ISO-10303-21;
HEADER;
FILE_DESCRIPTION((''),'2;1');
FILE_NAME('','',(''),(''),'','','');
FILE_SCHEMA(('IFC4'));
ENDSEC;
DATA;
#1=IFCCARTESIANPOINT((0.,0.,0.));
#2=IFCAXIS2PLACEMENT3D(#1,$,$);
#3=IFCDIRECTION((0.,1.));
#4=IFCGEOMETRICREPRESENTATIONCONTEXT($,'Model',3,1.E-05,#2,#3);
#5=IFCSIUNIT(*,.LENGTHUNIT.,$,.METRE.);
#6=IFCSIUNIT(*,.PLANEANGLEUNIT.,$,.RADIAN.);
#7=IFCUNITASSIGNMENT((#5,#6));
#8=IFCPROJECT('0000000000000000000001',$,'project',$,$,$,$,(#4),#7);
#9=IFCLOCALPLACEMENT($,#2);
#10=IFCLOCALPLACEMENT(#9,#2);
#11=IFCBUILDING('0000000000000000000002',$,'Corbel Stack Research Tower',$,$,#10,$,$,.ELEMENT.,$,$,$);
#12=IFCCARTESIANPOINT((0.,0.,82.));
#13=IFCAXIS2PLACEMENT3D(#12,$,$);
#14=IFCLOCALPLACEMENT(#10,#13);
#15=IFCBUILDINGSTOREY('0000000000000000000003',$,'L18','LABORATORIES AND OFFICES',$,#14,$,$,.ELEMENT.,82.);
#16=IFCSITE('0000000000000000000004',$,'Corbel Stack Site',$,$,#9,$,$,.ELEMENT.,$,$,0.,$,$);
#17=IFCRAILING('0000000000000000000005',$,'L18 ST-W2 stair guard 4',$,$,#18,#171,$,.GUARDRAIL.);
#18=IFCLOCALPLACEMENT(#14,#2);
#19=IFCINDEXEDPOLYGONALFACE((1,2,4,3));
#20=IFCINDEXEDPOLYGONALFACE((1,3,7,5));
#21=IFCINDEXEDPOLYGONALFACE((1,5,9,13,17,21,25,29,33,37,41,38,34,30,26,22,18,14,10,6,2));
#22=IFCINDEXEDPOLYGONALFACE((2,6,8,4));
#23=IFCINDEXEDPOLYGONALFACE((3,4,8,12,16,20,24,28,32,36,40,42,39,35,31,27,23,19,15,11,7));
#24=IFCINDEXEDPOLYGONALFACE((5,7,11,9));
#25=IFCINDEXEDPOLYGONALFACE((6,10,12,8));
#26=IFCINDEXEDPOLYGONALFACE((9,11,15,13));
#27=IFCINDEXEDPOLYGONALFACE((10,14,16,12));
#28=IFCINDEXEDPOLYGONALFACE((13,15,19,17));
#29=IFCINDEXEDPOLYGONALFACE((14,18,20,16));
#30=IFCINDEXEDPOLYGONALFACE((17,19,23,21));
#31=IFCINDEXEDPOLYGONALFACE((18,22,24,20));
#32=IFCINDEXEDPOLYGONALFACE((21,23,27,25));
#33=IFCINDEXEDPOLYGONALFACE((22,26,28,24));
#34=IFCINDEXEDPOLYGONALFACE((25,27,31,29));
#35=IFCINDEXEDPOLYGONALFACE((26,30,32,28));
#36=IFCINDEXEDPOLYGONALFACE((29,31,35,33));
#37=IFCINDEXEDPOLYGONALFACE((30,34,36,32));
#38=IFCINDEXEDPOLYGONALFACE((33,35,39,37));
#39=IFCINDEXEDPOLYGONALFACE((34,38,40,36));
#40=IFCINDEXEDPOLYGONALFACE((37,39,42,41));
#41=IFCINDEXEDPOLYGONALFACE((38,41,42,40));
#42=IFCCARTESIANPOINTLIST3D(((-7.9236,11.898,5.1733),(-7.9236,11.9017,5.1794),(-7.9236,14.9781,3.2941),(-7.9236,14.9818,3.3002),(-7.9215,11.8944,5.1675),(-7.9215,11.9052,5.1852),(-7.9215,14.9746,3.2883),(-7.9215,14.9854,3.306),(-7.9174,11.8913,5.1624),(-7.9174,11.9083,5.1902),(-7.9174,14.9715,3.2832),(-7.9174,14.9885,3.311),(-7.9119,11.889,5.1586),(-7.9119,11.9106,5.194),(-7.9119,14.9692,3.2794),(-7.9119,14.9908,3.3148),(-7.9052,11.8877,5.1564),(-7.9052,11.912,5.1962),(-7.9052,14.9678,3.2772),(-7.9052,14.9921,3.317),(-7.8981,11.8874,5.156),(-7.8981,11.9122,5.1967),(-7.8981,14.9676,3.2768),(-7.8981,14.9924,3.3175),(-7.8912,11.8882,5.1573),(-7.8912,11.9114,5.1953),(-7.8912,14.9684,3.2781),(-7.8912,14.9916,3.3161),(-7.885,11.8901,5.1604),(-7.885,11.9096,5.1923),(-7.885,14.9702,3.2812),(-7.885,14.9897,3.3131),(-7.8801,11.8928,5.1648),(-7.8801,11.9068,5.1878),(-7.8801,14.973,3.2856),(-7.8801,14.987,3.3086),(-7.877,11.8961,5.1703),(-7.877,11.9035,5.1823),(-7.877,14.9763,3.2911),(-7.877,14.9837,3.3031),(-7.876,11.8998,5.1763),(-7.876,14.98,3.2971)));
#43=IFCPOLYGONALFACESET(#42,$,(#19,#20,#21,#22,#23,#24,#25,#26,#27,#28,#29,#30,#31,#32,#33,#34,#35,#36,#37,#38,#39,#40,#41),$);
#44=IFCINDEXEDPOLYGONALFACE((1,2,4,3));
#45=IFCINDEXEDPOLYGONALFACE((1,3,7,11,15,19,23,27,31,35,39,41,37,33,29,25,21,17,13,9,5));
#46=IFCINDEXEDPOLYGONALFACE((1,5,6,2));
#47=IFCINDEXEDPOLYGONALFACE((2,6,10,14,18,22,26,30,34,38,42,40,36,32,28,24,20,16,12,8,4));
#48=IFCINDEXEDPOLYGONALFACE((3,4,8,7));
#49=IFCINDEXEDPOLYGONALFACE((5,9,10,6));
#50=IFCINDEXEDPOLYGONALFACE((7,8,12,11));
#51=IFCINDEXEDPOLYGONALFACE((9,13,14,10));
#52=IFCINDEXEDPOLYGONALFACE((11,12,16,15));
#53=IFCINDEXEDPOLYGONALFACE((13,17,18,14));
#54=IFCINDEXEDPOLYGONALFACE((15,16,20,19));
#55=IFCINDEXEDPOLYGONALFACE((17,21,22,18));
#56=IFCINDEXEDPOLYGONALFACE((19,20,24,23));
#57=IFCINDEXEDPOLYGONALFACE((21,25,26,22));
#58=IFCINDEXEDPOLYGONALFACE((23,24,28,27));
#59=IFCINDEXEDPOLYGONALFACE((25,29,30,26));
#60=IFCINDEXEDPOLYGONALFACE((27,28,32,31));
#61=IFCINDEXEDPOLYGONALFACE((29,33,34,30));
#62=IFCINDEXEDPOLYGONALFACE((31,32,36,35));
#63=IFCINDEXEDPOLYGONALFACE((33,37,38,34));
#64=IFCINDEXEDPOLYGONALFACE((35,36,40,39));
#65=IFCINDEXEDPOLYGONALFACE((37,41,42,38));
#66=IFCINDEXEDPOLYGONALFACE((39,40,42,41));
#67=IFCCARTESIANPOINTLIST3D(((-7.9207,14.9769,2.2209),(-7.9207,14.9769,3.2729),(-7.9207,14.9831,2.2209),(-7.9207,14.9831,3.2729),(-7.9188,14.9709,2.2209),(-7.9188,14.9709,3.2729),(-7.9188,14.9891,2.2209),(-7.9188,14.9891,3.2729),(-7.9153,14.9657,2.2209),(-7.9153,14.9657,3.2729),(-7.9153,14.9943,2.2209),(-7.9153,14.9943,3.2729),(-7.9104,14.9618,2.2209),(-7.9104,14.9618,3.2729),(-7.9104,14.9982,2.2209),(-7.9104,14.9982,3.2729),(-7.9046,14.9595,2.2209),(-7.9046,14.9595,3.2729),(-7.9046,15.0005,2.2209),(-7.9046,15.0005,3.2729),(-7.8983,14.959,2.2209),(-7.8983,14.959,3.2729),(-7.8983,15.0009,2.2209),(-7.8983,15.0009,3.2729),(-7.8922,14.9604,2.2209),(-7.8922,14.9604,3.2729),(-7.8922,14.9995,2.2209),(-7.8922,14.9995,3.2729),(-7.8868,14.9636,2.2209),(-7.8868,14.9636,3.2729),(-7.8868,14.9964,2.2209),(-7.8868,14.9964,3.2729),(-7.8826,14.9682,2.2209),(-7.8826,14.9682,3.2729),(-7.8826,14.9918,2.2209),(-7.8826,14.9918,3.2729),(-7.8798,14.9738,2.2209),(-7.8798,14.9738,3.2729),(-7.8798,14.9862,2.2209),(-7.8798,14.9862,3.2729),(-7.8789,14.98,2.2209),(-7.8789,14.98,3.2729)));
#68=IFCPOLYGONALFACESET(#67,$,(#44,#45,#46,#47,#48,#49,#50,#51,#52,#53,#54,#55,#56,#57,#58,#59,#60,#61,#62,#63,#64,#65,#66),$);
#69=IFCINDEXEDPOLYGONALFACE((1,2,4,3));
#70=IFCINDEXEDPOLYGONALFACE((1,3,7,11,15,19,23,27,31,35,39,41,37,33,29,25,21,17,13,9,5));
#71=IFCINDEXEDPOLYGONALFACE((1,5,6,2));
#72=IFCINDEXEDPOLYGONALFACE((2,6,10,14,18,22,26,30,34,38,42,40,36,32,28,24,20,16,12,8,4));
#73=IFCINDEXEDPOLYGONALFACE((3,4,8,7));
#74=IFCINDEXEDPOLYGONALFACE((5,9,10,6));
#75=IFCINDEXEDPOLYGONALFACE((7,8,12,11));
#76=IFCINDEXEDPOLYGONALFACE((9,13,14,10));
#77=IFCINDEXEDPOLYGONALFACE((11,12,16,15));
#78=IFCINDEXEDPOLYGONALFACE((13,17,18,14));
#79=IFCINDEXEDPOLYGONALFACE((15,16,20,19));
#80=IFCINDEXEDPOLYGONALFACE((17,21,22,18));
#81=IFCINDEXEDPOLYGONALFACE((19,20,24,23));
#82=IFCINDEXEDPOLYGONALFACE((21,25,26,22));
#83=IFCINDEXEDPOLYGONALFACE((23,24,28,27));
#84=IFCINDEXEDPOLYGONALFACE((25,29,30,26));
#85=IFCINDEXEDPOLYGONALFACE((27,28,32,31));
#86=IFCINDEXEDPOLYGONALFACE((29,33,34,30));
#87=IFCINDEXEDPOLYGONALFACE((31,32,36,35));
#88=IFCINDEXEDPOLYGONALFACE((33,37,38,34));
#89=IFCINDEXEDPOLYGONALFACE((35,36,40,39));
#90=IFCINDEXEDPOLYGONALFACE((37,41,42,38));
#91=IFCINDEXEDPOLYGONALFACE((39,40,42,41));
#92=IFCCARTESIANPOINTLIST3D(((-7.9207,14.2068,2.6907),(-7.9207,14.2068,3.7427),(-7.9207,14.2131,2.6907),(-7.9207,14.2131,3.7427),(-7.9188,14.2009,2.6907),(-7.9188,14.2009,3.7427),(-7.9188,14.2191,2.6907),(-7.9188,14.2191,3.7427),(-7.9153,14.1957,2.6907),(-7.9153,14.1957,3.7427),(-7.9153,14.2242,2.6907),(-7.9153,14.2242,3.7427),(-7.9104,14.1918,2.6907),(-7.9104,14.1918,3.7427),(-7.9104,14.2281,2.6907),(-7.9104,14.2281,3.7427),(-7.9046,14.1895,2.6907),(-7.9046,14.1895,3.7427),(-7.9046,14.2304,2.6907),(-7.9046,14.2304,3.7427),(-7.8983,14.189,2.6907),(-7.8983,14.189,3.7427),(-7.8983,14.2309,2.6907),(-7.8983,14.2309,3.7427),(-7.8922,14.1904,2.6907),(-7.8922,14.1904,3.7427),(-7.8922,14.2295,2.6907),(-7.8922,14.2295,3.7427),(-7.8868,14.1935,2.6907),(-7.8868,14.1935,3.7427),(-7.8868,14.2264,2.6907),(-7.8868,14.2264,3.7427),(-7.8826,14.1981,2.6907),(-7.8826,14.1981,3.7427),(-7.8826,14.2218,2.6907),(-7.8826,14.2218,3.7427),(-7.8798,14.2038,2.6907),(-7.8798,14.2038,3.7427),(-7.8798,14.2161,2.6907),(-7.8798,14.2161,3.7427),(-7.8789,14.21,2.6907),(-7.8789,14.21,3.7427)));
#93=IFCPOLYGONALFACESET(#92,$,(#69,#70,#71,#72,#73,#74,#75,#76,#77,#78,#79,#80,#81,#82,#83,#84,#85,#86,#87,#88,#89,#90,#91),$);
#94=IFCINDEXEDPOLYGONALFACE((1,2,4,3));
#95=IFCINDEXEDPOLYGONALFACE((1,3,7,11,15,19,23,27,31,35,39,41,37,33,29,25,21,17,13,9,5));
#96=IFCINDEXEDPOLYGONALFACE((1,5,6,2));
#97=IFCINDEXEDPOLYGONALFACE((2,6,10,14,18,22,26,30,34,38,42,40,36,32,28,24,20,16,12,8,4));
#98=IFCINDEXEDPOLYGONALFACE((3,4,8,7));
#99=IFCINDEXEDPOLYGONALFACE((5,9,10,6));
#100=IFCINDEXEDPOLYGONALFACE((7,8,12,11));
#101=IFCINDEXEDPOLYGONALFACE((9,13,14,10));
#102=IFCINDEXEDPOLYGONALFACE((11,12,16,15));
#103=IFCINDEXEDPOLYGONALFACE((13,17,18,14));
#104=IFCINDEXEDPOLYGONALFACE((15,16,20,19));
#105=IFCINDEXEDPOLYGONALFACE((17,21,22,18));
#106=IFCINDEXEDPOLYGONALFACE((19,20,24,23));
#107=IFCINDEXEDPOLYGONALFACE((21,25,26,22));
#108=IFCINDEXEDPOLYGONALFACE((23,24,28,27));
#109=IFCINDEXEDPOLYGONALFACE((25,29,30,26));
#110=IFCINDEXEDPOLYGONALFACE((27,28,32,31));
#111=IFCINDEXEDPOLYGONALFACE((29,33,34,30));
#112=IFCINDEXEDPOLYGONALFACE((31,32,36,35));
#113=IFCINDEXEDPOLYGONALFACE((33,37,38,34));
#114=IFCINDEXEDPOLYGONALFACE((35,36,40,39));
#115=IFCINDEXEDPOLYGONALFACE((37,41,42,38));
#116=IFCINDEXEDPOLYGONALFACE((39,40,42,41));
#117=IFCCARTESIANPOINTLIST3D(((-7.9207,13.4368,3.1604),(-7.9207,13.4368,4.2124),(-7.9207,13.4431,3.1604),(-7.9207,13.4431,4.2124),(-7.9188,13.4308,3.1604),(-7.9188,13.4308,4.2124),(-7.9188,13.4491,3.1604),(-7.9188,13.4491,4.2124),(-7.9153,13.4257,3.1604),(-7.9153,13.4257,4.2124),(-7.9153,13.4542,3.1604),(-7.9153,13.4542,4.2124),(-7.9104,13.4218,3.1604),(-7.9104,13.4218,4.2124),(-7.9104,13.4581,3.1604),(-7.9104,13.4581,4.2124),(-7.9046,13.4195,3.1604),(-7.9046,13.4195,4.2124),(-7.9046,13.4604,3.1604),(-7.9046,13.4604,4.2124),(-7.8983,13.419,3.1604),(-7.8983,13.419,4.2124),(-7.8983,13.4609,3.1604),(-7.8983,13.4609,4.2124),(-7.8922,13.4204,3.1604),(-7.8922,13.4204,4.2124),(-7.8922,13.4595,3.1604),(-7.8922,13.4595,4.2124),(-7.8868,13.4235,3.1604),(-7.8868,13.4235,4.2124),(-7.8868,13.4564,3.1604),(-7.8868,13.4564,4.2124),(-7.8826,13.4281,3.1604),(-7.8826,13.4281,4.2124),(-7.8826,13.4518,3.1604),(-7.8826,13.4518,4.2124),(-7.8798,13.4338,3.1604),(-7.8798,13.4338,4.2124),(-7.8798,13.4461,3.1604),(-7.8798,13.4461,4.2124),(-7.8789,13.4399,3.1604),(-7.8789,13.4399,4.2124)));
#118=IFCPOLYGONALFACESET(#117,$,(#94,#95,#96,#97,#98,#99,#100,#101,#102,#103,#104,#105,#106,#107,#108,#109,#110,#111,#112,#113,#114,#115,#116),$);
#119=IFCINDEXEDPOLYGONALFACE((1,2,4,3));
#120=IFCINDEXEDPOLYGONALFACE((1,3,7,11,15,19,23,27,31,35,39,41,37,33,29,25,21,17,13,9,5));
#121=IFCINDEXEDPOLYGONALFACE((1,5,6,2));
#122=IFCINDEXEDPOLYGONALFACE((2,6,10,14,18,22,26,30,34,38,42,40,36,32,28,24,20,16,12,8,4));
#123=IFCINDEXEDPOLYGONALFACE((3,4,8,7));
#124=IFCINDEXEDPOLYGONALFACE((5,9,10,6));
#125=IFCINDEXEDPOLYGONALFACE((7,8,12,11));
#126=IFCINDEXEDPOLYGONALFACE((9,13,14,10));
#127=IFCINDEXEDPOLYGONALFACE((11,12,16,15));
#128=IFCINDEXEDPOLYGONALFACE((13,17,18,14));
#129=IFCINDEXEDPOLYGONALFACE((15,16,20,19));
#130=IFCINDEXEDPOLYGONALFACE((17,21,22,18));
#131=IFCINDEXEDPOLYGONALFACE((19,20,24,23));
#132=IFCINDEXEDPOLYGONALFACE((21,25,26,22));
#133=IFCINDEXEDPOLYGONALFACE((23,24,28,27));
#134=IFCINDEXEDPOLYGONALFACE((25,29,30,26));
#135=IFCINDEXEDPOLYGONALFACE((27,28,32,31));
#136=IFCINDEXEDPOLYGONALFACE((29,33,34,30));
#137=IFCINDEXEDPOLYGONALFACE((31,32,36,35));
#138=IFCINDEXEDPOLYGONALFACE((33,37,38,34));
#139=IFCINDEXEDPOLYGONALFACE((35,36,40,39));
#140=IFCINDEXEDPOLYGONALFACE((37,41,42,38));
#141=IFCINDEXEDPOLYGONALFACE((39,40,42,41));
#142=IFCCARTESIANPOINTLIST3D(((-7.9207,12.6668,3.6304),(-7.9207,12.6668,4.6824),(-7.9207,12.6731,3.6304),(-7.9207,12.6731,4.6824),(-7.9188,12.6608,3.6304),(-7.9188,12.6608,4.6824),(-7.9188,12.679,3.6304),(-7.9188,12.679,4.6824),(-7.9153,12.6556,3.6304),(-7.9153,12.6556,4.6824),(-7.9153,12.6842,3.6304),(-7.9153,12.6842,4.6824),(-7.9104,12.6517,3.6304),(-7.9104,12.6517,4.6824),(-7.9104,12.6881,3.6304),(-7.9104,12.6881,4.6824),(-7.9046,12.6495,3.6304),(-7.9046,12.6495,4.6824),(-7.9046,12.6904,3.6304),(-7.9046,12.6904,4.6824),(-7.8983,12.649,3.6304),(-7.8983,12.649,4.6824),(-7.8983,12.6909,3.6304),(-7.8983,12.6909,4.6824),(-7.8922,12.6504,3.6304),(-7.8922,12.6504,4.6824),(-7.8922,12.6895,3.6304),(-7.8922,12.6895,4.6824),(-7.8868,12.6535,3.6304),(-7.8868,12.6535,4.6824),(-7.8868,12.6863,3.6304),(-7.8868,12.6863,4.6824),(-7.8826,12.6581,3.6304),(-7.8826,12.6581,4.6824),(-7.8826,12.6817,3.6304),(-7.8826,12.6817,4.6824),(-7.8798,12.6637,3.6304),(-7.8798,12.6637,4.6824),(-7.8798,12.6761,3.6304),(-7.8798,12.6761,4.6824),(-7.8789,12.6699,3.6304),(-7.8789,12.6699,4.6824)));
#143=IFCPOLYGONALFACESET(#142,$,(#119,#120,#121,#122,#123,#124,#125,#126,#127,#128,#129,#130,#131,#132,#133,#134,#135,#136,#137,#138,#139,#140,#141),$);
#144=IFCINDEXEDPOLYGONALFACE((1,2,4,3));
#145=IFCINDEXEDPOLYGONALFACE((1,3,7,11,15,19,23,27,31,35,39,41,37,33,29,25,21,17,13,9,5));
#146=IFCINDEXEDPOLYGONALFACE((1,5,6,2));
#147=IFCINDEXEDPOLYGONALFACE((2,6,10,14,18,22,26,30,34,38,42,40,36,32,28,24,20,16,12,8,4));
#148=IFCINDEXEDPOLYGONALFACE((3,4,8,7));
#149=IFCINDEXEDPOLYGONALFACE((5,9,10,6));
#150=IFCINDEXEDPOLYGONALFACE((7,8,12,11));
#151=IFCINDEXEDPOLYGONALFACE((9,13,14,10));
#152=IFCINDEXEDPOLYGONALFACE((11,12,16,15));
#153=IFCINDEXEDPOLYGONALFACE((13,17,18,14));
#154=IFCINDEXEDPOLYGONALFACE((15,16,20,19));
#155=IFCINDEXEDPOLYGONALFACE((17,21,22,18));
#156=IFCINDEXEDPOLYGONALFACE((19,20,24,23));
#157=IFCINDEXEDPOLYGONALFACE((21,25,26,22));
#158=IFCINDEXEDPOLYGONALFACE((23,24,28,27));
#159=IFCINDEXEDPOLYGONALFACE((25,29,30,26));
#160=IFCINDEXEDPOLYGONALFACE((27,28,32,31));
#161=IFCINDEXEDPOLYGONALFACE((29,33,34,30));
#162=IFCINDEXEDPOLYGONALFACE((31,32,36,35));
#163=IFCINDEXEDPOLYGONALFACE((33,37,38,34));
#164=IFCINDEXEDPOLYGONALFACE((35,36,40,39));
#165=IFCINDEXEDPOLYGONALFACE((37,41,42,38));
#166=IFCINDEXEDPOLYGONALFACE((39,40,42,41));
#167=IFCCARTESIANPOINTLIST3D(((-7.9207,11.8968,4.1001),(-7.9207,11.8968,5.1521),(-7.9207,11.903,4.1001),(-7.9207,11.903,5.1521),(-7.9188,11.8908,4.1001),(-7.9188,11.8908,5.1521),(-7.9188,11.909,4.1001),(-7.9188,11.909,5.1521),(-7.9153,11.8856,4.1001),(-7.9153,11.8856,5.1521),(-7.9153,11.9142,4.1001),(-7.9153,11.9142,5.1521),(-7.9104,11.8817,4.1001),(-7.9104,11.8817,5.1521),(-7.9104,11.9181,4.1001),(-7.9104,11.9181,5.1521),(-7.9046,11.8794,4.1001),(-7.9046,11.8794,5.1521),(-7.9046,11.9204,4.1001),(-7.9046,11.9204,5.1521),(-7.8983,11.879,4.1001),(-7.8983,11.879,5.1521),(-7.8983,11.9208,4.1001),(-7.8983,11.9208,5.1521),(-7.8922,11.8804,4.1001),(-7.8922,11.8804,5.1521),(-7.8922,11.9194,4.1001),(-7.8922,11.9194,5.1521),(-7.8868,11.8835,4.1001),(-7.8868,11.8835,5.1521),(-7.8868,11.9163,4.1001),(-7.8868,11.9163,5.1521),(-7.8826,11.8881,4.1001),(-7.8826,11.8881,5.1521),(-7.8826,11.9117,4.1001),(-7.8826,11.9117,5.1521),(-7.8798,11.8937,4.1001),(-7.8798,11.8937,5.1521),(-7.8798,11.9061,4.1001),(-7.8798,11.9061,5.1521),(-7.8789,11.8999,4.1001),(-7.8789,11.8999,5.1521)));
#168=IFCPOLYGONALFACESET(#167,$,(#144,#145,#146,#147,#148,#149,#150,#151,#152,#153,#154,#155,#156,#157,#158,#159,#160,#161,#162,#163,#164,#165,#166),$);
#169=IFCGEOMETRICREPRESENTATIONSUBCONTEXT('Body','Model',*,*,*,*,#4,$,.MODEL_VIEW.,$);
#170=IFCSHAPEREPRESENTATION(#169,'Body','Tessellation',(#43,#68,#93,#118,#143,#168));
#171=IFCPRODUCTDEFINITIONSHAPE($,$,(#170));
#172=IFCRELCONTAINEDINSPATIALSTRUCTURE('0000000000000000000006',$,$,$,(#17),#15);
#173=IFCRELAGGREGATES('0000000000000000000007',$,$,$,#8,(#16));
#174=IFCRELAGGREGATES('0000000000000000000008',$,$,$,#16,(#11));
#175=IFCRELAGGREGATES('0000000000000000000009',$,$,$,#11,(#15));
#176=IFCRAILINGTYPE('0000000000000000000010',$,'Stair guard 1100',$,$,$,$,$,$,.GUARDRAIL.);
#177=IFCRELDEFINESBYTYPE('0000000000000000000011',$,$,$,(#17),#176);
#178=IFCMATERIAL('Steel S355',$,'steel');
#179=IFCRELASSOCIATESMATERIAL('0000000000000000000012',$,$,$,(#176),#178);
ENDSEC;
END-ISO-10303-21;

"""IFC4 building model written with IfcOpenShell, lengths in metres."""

from ifc_helpers import new_model, si_unit, direction, frame, origin, origin_2d, place, context, subcontext, project, spatial, circle, extrude, material, type_object, element, save


model = new_model("IFC4")

# Units and contexts
model_context = context("Model", 3, precision=1e-05, world=origin(), true_north=direction((0.0, 1.0)))
body_context = subcontext(model_context, "Body", "Model", "MODEL_VIEW")
ifc_project = project(units=[si_unit("LENGTHUNIT", "METRE"), si_unit("PLANEANGLEUNIT", "RADIAN")], contexts=[model_context])

# Site, building, storey
site_placement = place(None, origin())
site = spatial("IfcSite", under=ifc_project, at=site_placement, Name="Corbel Stack Site", CompositionType="ELEMENT", RefElevation=0.0)
building_placement = place(site_placement, origin())
building = spatial("IfcBuilding", under=site, at=building_placement, Name="Corbel Stack Research Tower", CompositionType="ELEMENT")
storey_placement = place(building_placement, frame((0.0, 0.0, 82.0)))
storey = spatial("IfcBuildingStorey", under=building, at=storey_placement, Name="L18", Description="LABORATORIES AND OFFICES", CompositionType="ELEMENT", Elevation=82.0)

# Railing
ifc_material_1 = material(Name="Steel S355", Category="steel")
railing_type_1 = type_object("IfcRailingType", Name="Stair guard 1100", PredefinedType="GUARDRAIL", material=ifc_material_1)
railing_1_placement = place(storey_placement, frame((-7.8999, 14.98, 2.2209)))
element("IfcRailing", 1, at=railing_1_placement, inside=storey, type_object=railing_type_1, Name="L18 ST-W2 stair guard 4", PredefinedType="GUARDRAIL", context=body_context, shape_type="SweptSolid", body=[
    extrude(circle(Radius=0.0239, at=origin_2d()), frame((0.0, 0.0, 1.0762), z_axis=(0.0, -0.853666, 0.52082), x_axis=(1.0, 0.0, 0.0)), (0.0, 0.0, 1.0), 3.6082),
    extrude(circle(Radius=0.021, at=origin_2d()), origin(), (0.0, 0.0, 1.0), 1.052),
    extrude(circle(Radius=0.021, at=origin_2d()), frame((0.0, -0.77, 0.4697)), (0.0, 0.0, 1.0), 1.052),
    extrude(circle(Radius=0.021, at=origin_2d()), frame((0.0, -1.54, 0.9395)), (0.0, 0.0, 1.0), 1.052),
    extrude(circle(Radius=0.021, at=origin_2d()), frame((0.0, -2.3101, 1.4094)), (0.0, 0.0, 1.0), 1.052),
    extrude(circle(Radius=0.021, at=origin_2d()), frame((0.0, -3.0801, 1.8792)), (0.0, 0.0, 1.0), 1.052),
])

save(model, "model.ifc")
